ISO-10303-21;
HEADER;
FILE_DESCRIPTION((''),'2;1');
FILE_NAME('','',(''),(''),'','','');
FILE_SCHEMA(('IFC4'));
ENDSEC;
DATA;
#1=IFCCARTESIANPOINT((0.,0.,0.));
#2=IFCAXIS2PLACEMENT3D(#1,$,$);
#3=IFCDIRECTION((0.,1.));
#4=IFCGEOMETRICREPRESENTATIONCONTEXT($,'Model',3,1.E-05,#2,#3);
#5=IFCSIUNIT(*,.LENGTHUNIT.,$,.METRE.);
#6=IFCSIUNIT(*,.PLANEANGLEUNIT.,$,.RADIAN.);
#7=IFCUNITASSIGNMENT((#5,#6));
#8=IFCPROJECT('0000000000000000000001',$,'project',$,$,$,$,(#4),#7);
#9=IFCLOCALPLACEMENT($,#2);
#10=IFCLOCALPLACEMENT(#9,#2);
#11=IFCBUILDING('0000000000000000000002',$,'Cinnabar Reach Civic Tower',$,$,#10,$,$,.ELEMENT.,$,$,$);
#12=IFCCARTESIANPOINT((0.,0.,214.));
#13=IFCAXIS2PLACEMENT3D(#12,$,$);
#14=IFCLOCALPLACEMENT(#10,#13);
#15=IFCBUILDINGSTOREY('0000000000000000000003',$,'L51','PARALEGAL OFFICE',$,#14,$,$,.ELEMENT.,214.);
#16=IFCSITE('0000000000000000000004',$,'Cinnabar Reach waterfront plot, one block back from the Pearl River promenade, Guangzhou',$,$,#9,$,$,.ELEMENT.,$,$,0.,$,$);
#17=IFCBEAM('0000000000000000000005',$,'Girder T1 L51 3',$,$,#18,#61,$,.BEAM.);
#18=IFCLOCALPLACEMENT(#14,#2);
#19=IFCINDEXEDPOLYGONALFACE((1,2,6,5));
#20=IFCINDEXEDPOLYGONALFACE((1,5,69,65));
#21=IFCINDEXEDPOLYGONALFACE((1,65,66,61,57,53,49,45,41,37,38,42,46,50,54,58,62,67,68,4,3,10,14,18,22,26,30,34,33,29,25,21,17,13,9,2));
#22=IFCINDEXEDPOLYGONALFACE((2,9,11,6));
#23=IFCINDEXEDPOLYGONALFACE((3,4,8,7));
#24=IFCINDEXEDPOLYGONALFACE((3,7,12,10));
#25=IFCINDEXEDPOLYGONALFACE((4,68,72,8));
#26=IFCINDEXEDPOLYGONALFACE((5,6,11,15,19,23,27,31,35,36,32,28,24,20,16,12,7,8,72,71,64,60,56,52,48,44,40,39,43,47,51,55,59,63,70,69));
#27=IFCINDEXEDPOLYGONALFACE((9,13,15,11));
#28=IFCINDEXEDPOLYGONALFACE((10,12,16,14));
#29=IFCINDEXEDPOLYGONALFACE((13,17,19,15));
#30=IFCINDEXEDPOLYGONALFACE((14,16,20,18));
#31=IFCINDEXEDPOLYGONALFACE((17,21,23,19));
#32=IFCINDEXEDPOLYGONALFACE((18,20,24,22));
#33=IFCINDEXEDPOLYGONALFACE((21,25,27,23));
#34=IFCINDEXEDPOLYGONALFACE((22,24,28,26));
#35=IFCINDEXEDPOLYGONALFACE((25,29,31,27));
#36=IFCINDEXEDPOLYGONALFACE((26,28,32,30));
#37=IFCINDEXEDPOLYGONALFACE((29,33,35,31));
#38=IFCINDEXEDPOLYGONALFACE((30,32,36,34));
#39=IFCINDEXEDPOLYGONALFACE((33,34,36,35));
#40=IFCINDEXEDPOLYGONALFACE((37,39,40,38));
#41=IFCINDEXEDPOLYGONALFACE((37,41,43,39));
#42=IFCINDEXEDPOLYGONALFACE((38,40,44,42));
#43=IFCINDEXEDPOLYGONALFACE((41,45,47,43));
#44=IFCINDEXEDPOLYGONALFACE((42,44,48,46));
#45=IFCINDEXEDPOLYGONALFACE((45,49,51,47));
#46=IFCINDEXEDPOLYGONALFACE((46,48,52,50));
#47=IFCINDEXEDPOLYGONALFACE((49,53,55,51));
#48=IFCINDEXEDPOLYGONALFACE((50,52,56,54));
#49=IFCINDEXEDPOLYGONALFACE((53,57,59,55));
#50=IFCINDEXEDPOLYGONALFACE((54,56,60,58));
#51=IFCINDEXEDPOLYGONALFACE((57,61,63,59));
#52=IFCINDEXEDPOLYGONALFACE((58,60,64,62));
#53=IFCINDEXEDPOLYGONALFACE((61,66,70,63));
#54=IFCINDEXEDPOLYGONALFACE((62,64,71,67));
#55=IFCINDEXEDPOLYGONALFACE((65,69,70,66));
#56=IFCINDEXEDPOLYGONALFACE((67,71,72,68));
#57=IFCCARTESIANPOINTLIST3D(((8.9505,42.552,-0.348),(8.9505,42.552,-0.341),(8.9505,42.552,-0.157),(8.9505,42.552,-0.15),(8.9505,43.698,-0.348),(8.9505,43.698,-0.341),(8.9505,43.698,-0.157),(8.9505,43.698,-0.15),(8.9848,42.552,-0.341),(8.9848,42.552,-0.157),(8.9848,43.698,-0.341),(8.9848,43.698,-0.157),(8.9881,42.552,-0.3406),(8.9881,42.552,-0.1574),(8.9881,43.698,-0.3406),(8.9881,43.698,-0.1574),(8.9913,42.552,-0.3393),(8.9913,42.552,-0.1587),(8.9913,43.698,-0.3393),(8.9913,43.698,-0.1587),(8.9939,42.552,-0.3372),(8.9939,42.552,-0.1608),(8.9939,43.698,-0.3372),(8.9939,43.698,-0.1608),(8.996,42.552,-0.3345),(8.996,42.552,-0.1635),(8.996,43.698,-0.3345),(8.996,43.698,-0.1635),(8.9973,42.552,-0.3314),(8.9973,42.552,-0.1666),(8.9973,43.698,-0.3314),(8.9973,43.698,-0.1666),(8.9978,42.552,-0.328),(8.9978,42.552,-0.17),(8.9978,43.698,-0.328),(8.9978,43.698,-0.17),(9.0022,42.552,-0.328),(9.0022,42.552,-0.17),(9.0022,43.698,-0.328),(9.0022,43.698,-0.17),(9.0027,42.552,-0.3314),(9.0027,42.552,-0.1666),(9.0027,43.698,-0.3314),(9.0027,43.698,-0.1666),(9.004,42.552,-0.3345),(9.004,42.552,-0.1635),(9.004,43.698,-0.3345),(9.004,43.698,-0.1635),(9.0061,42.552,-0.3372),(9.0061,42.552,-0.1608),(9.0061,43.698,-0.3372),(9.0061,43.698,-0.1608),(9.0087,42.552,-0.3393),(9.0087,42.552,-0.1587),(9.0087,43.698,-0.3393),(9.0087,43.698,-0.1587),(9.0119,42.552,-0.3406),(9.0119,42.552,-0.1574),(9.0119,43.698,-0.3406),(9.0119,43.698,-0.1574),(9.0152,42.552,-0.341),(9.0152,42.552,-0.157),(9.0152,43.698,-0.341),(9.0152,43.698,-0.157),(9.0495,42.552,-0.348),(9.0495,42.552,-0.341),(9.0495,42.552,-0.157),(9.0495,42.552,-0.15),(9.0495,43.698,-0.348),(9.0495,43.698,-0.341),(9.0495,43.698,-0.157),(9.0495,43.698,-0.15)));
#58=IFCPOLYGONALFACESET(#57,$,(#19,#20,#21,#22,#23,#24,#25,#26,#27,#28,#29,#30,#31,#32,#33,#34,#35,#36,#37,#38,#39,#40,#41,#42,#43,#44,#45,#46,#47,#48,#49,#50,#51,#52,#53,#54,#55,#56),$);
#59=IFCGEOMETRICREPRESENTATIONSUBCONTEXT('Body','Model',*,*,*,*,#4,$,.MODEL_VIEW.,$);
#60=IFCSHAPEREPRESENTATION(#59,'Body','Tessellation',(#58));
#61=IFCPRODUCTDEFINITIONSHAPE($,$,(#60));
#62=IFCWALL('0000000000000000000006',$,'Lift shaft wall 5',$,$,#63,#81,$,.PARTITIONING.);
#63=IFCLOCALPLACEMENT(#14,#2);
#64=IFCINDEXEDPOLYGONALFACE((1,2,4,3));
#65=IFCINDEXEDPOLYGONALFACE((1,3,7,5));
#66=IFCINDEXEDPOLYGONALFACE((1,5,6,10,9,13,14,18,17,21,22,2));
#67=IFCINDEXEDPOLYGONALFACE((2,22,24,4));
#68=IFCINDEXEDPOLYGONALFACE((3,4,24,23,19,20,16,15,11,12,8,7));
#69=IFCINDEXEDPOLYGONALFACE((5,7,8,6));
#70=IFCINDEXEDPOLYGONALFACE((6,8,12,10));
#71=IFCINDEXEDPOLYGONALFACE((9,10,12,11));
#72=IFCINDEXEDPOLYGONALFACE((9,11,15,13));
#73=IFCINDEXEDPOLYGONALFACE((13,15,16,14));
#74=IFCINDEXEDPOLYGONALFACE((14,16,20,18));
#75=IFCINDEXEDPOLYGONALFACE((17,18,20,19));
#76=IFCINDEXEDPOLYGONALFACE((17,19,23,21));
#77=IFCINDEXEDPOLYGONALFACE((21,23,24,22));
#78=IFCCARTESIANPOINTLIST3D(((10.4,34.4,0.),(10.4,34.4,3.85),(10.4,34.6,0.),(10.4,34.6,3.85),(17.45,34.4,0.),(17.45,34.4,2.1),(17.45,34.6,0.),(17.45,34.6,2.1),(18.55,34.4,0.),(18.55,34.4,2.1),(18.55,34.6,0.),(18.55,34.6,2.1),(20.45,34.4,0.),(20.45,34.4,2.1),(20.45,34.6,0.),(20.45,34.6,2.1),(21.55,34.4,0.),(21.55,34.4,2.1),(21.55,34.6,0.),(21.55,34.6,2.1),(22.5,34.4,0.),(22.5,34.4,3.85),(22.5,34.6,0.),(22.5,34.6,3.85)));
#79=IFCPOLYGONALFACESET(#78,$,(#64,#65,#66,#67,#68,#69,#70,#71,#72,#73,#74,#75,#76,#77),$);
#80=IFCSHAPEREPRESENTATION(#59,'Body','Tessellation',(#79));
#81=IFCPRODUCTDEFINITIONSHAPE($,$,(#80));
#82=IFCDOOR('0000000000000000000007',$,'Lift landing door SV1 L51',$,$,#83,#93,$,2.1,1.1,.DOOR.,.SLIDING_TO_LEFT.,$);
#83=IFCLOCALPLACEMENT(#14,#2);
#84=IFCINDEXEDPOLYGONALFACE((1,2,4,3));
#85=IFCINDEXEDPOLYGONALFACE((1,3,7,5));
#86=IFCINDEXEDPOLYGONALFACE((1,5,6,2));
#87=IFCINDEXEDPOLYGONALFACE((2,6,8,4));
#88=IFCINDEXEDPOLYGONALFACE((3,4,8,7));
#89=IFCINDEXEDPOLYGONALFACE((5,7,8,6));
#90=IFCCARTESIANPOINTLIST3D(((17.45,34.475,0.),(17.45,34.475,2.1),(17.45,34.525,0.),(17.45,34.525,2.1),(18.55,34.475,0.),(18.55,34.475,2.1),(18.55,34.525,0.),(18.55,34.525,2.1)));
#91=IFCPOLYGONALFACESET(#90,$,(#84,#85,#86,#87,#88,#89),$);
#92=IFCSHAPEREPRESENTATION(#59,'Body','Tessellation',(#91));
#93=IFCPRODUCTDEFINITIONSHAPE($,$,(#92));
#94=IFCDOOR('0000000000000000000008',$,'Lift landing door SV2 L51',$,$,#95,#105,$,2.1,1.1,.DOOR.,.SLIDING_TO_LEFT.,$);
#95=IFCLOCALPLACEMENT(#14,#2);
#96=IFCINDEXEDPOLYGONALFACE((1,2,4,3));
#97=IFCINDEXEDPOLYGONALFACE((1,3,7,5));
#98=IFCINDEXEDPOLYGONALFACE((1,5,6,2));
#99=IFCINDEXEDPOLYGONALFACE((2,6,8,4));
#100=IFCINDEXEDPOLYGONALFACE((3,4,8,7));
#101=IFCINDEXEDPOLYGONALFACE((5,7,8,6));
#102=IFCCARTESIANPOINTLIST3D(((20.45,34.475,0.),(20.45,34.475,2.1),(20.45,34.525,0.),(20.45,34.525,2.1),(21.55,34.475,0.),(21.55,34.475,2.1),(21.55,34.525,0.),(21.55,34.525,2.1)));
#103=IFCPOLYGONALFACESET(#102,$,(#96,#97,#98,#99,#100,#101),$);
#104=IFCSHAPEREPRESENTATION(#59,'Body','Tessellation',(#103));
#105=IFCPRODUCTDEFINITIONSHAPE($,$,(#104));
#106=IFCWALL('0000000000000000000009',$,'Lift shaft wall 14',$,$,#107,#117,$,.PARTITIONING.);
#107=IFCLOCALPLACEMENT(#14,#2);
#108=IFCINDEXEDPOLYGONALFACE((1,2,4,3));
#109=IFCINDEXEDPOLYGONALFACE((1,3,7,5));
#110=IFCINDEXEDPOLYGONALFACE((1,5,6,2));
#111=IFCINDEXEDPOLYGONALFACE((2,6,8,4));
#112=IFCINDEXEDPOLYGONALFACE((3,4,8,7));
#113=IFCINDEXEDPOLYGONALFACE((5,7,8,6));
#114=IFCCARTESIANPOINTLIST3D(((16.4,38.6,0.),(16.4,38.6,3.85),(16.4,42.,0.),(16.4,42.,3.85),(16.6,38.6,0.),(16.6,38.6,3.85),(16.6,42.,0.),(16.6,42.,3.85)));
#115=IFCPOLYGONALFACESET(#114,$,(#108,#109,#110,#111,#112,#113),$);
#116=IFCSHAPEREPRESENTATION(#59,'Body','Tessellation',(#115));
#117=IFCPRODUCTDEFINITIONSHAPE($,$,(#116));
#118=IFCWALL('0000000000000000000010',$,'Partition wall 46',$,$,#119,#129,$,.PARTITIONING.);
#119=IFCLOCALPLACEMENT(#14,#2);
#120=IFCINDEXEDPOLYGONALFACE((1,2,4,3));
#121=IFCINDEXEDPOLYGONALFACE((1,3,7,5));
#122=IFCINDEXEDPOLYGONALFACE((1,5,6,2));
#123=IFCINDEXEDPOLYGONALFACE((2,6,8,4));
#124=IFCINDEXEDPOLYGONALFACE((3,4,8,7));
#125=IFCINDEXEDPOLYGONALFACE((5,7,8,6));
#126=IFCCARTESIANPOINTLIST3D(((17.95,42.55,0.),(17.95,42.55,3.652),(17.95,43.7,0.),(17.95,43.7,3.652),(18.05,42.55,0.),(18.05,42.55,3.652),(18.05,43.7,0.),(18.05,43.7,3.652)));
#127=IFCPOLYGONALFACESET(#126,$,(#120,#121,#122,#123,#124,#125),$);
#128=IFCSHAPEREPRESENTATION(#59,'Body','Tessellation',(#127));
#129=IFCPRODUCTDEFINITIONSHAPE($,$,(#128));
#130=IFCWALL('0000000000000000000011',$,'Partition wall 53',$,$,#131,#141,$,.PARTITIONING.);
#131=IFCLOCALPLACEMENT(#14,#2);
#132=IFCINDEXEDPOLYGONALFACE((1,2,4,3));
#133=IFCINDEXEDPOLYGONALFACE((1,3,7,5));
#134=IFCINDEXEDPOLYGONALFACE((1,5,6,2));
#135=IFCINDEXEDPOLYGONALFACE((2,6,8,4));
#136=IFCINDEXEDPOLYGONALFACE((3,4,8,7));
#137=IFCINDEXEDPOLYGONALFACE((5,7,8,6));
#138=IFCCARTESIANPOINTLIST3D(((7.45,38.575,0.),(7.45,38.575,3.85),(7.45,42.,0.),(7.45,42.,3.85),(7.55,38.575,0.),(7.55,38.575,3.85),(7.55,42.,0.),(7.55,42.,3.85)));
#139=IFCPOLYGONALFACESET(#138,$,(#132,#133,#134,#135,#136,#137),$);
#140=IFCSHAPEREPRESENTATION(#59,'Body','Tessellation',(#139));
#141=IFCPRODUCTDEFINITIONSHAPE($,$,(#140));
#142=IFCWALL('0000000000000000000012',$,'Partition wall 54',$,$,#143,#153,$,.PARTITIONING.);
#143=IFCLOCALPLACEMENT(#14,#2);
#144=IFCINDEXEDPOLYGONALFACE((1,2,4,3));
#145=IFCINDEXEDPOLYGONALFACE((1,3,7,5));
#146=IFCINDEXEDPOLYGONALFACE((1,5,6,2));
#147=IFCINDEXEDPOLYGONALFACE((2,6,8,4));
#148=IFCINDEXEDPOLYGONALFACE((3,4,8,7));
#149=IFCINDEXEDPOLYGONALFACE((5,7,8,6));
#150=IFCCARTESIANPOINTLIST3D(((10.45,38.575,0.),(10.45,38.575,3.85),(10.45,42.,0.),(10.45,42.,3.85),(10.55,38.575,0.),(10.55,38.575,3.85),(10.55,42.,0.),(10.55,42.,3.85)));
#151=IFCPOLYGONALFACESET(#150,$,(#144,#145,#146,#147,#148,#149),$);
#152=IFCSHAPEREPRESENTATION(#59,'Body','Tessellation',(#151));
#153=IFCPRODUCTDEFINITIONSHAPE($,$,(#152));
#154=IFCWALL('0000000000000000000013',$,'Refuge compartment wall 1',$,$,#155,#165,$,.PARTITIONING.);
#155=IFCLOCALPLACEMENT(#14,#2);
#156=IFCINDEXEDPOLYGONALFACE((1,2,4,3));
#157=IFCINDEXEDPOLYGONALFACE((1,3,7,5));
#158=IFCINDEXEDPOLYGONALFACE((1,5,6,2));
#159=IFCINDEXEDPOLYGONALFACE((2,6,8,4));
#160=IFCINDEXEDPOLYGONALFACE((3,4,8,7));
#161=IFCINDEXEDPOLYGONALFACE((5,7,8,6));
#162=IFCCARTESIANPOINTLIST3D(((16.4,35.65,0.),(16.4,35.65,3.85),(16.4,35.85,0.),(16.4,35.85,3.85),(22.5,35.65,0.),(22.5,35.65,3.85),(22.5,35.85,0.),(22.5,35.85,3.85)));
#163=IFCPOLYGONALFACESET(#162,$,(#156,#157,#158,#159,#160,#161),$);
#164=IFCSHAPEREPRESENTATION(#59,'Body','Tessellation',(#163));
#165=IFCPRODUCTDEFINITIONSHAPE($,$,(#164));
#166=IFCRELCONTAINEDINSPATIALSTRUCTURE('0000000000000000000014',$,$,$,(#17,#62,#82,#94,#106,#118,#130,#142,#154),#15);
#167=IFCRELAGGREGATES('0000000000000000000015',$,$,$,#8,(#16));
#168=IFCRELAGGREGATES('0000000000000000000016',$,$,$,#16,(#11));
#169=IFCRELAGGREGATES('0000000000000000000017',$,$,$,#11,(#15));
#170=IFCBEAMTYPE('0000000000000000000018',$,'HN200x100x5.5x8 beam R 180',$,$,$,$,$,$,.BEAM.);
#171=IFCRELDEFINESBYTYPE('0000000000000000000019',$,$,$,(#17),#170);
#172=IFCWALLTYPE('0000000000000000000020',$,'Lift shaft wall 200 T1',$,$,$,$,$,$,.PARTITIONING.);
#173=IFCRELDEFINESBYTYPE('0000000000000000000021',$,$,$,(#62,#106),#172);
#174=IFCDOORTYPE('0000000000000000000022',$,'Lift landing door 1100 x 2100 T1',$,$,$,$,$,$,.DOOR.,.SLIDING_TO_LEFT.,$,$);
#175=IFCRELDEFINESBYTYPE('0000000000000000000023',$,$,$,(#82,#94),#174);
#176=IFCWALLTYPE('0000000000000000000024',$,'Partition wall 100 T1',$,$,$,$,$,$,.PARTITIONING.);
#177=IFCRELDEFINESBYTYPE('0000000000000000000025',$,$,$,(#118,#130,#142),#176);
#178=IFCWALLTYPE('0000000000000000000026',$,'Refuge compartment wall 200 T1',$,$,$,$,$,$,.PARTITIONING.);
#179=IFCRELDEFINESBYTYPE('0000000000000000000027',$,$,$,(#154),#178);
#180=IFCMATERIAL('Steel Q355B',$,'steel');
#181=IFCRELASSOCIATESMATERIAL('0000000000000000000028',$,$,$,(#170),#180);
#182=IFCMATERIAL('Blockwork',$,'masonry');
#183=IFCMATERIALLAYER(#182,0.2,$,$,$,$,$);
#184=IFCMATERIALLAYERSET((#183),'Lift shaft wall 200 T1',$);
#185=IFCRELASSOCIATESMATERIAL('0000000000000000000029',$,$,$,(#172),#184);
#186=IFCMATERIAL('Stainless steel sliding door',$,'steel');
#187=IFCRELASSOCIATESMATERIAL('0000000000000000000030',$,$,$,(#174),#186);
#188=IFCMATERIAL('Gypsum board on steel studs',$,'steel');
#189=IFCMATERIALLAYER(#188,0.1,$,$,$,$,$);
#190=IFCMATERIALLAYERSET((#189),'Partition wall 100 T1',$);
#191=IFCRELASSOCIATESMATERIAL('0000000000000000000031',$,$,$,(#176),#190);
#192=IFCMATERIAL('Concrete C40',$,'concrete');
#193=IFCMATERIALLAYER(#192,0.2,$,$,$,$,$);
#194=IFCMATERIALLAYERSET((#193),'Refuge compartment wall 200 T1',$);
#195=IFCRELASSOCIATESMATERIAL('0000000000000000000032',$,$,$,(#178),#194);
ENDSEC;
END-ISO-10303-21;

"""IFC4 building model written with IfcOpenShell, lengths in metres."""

from ifc_helpers import new_model, si_unit, direction, frame, frame_2d, origin, origin_2d, place, context, subcontext, project, spatial, rectangle, i_section, extrude, material, layer, layer_set, material_profile, profile_set, type_object, element, fill, save


model = new_model("IFC4")

# Units and contexts
model_context = context("Model", 3, precision=1e-05, world=origin(), true_north=direction((0.0, 1.0)))
body_context = subcontext(model_context, "Body", "Model", "MODEL_VIEW")
ifc_project = project(units=[si_unit("LENGTHUNIT", "METRE"), si_unit("PLANEANGLEUNIT", "RADIAN")], contexts=[model_context])

# Site, building, storey
site_placement = place(None, origin())
site = spatial("IfcSite", under=ifc_project, at=site_placement, Name="Cinnabar Reach waterfront plot, one block back from the Pearl River promenade, Guangzhou", CompositionType="ELEMENT", RefElevation=0.0)
building_placement = place(site_placement, origin())
building = spatial("IfcBuilding", under=site, at=building_placement, Name="Cinnabar Reach Civic Tower", CompositionType="ELEMENT")
storey_placement = place(building_placement, frame((0.0, 0.0, 214.0)))
storey = spatial("IfcBuildingStorey", under=building, at=storey_placement, Name="L51", Description="PARALEGAL OFFICE", CompositionType="ELEMENT", Elevation=214.0)

# Beam
ifc_material_1 = material(Name="Steel Q355B", Category="steel")
ifc_material_profile = material_profile(ifc_material_1, i_section(OverallWidth=0.099, OverallDepth=0.198, WebThickness=0.0045, FlangeThickness=0.007, FilletRadius=0.013, at=origin_2d()), Name="HN200x100x5.5x8")
ifc_profile_set = profile_set([ifc_material_profile], Name="Steel Q355B")
beam_type = type_object("IfcBeamType", Name="HN200x100x5.5x8 beam R 180", PredefinedType="BEAM", material=ifc_profile_set)
beam_placement = place(storey_placement, frame((9.0, 42.552, -0.249), z_axis=(0.0, 1.0, 0.0), x_axis=(-1.0, 0.0, 0.0)))
element("IfcBeam", 1, at=beam_placement, inside=storey, type_object=beam_type, Name="Girder T1 L51 3", PredefinedType="BEAM", context=body_context, shape_type="SweptSolid", body=[
    extrude(i_section(OverallWidth=0.099, OverallDepth=0.198, WebThickness=0.0045, FlangeThickness=0.007, FilletRadius=0.013, at=origin_2d()), origin(), (0.0, 0.0, 1.0), 1.146),
])

# Wall, openings, doors
ifc_material_2 = material(Name="Blockwork", Category="masonry")
ifc_layer_1 = layer(ifc_material_2, 0.2)
ifc_layer_set_1 = layer_set([ifc_layer_1], Name="Lift shaft wall 200 T1")
wall_type_1 = type_object("IfcWallType", Name="Lift shaft wall 200 T1", PredefinedType="PARTITIONING", material=ifc_layer_set_1)
wall_1_placement = place(storey_placement, frame((10.4, 34.5, 0.0), z_axis=(0.0, 0.0, 1.0), x_axis=(1.0, 0.0, 0.0)))
wall_1 = element("IfcWall", 2, at=wall_1_placement, inside=storey, type_object=wall_type_1, Name="Lift shaft wall 5", PredefinedType="PARTITIONING", context=body_context, shape_type="SweptSolid", body=[
    extrude(rectangle(XDim=12.1, YDim=0.2, at=frame_2d((6.05, 0.0))), origin(), (0.0, 0.0, 1.0), 3.85),
])
opening_1_placement = place(wall_1_placement, frame((7.05, 0.0, 0.0)))
opening_1 = element("IfcOpeningElement", 3, at=opening_1_placement, cuts=wall_1, PredefinedType="OPENING", context=body_context, shape_type="SweptSolid", body=[
    extrude(rectangle(XDim=1.1, YDim=2.1, at=frame_2d((0.55, 1.05))), frame((0.0, 0.11, 0.0), z_axis=(0.0, -1.0, 0.0), x_axis=(1.0, 0.0, 0.0)), (0.0, 0.0, 1.0), 0.22),
])
opening_2_placement = place(wall_1_placement, frame((10.05, 0.0, 0.0)))
opening_2 = element("IfcOpeningElement", 4, at=opening_2_placement, cuts=wall_1, PredefinedType="OPENING", context=body_context, shape_type="SweptSolid", body=[
    extrude(rectangle(XDim=1.1, YDim=2.1, at=frame_2d((0.55, 1.05))), frame((0.0, 0.11, 0.0), z_axis=(0.0, -1.0, 0.0), x_axis=(1.0, 0.0, 0.0)), (0.0, 0.0, 1.0), 0.22),
])
ifc_material_3 = material(Name="Stainless steel sliding door", Category="steel")
door_type_1 = type_object("IfcDoorType", Name="Lift landing door 1100 x 2100 T1", OperationType="SLIDING_TO_LEFT", PredefinedType="DOOR", material=ifc_material_3)
door_1_placement = place(opening_1_placement, origin())
door_1 = element("IfcDoor", 5, at=door_1_placement, inside=storey, type_object=door_type_1, Name="Lift landing door SV1 L51", OperationType="SLIDING_TO_LEFT", OverallHeight=2.1, OverallWidth=1.1, PredefinedType="DOOR", context=body_context, shape_type="SweptSolid", body=[
    extrude(rectangle(XDim=1.1, YDim=2.1, at=frame_2d((0.55, 1.05))), frame((0.0, 0.025, 0.0), z_axis=(0.0, -1.0, 0.0), x_axis=(1.0, 0.0, 0.0)), (0.0, 0.0, 1.0), 0.05),
])
fill(opening_1, door_1)
door_2_placement = place(opening_2_placement, origin())
door_2 = element("IfcDoor", 6, at=door_2_placement, inside=storey, type_object=door_type_1, Name="Lift landing door SV2 L51", OperationType="SLIDING_TO_LEFT", OverallHeight=2.1, OverallWidth=1.1, PredefinedType="DOOR", context=body_context, shape_type="SweptSolid", body=[
    extrude(rectangle(XDim=1.1, YDim=2.1, at=frame_2d((0.55, 1.05))), frame((0.0, 0.025, 0.0), z_axis=(0.0, -1.0, 0.0), x_axis=(1.0, 0.0, 0.0)), (0.0, 0.0, 1.0), 0.05),
])
fill(opening_2, door_2)

# Walls
wall_2_placement = place(storey_placement, frame((16.5, 38.6, 0.0), z_axis=(0.0, 0.0, 1.0), x_axis=(0.0, 1.0, 0.0)))
element("IfcWall", 7, at=wall_2_placement, inside=storey, type_object=wall_type_1, Name="Lift shaft wall 14", PredefinedType="PARTITIONING", context=body_context, shape_type="SweptSolid", body=[
    extrude(rectangle(XDim=3.4, YDim=0.2, at=frame_2d((1.7, 0.0))), origin(), (0.0, 0.0, 1.0), 3.85),
])
ifc_material_4 = material(Name="Gypsum board on steel studs", Category="steel")
ifc_layer_2 = layer(ifc_material_4, 0.1)
ifc_layer_set_2 = layer_set([ifc_layer_2], Name="Partition wall 100 T1")
wall_type_2 = type_object("IfcWallType", Name="Partition wall 100 T1", PredefinedType="PARTITIONING", material=ifc_layer_set_2)
wall_3_placement = place(storey_placement, frame((18.0, 42.55, 0.0), z_axis=(0.0, 0.0, 1.0), x_axis=(0.0, 1.0, 0.0)))
element("IfcWall", 8, at=wall_3_placement, inside=storey, type_object=wall_type_2, Name="Partition wall 46", PredefinedType="PARTITIONING", context=body_context, shape_type="SweptSolid", body=[
    extrude(rectangle(XDim=1.15, YDim=0.1, at=frame_2d((0.575, 0.0))), origin(), (0.0, 0.0, 1.0), 3.652),
])
for number, where, z_axis, x_axis, name in (
    (9, (7.5, 38.575, 0.0), (0.0, 0.0, 1.0), (0.0, 1.0, 0.0), "Partition wall 53"),
    (10, (10.5, 38.575, 0.0), (0.0, 0.0, 1.0), (0.0, 1.0, 0.0), "Partition wall 54"),
):
    element("IfcWall", number, at=place(storey_placement, frame(where, z_axis=z_axis, x_axis=x_axis)), inside=storey, type_object=wall_type_2, Name=name, PredefinedType="PARTITIONING", context=body_context, shape_type="SweptSolid", body=[
        extrude(rectangle(XDim=3.425, YDim=0.1, at=frame_2d((1.7125, 0.0))), origin(), (0.0, 0.0, 1.0), 3.85),
    ])
ifc_material_5 = material(Name="Concrete C40", Category="concrete")
ifc_layer_3 = layer(ifc_material_5, 0.2)
ifc_layer_set_3 = layer_set([ifc_layer_3], Name="Refuge compartment wall 200 T1")
wall_type_3 = type_object("IfcWallType", Name="Refuge compartment wall 200 T1", PredefinedType="PARTITIONING", material=ifc_layer_set_3)
wall_4_placement = place(storey_placement, frame((16.4, 35.75, 0.0), z_axis=(0.0, 0.0, 1.0), x_axis=(1.0, 0.0, 0.0)))
element("IfcWall", 11, at=wall_4_placement, inside=storey, type_object=wall_type_3, Name="Refuge compartment wall 1", PredefinedType="PARTITIONING", context=body_context, shape_type="SweptSolid", body=[
    extrude(rectangle(XDim=6.1, YDim=0.2, at=frame_2d((3.05, 0.0))), origin(), (0.0, 0.0, 1.0), 3.85),
])

save(model, "model.ifc")
